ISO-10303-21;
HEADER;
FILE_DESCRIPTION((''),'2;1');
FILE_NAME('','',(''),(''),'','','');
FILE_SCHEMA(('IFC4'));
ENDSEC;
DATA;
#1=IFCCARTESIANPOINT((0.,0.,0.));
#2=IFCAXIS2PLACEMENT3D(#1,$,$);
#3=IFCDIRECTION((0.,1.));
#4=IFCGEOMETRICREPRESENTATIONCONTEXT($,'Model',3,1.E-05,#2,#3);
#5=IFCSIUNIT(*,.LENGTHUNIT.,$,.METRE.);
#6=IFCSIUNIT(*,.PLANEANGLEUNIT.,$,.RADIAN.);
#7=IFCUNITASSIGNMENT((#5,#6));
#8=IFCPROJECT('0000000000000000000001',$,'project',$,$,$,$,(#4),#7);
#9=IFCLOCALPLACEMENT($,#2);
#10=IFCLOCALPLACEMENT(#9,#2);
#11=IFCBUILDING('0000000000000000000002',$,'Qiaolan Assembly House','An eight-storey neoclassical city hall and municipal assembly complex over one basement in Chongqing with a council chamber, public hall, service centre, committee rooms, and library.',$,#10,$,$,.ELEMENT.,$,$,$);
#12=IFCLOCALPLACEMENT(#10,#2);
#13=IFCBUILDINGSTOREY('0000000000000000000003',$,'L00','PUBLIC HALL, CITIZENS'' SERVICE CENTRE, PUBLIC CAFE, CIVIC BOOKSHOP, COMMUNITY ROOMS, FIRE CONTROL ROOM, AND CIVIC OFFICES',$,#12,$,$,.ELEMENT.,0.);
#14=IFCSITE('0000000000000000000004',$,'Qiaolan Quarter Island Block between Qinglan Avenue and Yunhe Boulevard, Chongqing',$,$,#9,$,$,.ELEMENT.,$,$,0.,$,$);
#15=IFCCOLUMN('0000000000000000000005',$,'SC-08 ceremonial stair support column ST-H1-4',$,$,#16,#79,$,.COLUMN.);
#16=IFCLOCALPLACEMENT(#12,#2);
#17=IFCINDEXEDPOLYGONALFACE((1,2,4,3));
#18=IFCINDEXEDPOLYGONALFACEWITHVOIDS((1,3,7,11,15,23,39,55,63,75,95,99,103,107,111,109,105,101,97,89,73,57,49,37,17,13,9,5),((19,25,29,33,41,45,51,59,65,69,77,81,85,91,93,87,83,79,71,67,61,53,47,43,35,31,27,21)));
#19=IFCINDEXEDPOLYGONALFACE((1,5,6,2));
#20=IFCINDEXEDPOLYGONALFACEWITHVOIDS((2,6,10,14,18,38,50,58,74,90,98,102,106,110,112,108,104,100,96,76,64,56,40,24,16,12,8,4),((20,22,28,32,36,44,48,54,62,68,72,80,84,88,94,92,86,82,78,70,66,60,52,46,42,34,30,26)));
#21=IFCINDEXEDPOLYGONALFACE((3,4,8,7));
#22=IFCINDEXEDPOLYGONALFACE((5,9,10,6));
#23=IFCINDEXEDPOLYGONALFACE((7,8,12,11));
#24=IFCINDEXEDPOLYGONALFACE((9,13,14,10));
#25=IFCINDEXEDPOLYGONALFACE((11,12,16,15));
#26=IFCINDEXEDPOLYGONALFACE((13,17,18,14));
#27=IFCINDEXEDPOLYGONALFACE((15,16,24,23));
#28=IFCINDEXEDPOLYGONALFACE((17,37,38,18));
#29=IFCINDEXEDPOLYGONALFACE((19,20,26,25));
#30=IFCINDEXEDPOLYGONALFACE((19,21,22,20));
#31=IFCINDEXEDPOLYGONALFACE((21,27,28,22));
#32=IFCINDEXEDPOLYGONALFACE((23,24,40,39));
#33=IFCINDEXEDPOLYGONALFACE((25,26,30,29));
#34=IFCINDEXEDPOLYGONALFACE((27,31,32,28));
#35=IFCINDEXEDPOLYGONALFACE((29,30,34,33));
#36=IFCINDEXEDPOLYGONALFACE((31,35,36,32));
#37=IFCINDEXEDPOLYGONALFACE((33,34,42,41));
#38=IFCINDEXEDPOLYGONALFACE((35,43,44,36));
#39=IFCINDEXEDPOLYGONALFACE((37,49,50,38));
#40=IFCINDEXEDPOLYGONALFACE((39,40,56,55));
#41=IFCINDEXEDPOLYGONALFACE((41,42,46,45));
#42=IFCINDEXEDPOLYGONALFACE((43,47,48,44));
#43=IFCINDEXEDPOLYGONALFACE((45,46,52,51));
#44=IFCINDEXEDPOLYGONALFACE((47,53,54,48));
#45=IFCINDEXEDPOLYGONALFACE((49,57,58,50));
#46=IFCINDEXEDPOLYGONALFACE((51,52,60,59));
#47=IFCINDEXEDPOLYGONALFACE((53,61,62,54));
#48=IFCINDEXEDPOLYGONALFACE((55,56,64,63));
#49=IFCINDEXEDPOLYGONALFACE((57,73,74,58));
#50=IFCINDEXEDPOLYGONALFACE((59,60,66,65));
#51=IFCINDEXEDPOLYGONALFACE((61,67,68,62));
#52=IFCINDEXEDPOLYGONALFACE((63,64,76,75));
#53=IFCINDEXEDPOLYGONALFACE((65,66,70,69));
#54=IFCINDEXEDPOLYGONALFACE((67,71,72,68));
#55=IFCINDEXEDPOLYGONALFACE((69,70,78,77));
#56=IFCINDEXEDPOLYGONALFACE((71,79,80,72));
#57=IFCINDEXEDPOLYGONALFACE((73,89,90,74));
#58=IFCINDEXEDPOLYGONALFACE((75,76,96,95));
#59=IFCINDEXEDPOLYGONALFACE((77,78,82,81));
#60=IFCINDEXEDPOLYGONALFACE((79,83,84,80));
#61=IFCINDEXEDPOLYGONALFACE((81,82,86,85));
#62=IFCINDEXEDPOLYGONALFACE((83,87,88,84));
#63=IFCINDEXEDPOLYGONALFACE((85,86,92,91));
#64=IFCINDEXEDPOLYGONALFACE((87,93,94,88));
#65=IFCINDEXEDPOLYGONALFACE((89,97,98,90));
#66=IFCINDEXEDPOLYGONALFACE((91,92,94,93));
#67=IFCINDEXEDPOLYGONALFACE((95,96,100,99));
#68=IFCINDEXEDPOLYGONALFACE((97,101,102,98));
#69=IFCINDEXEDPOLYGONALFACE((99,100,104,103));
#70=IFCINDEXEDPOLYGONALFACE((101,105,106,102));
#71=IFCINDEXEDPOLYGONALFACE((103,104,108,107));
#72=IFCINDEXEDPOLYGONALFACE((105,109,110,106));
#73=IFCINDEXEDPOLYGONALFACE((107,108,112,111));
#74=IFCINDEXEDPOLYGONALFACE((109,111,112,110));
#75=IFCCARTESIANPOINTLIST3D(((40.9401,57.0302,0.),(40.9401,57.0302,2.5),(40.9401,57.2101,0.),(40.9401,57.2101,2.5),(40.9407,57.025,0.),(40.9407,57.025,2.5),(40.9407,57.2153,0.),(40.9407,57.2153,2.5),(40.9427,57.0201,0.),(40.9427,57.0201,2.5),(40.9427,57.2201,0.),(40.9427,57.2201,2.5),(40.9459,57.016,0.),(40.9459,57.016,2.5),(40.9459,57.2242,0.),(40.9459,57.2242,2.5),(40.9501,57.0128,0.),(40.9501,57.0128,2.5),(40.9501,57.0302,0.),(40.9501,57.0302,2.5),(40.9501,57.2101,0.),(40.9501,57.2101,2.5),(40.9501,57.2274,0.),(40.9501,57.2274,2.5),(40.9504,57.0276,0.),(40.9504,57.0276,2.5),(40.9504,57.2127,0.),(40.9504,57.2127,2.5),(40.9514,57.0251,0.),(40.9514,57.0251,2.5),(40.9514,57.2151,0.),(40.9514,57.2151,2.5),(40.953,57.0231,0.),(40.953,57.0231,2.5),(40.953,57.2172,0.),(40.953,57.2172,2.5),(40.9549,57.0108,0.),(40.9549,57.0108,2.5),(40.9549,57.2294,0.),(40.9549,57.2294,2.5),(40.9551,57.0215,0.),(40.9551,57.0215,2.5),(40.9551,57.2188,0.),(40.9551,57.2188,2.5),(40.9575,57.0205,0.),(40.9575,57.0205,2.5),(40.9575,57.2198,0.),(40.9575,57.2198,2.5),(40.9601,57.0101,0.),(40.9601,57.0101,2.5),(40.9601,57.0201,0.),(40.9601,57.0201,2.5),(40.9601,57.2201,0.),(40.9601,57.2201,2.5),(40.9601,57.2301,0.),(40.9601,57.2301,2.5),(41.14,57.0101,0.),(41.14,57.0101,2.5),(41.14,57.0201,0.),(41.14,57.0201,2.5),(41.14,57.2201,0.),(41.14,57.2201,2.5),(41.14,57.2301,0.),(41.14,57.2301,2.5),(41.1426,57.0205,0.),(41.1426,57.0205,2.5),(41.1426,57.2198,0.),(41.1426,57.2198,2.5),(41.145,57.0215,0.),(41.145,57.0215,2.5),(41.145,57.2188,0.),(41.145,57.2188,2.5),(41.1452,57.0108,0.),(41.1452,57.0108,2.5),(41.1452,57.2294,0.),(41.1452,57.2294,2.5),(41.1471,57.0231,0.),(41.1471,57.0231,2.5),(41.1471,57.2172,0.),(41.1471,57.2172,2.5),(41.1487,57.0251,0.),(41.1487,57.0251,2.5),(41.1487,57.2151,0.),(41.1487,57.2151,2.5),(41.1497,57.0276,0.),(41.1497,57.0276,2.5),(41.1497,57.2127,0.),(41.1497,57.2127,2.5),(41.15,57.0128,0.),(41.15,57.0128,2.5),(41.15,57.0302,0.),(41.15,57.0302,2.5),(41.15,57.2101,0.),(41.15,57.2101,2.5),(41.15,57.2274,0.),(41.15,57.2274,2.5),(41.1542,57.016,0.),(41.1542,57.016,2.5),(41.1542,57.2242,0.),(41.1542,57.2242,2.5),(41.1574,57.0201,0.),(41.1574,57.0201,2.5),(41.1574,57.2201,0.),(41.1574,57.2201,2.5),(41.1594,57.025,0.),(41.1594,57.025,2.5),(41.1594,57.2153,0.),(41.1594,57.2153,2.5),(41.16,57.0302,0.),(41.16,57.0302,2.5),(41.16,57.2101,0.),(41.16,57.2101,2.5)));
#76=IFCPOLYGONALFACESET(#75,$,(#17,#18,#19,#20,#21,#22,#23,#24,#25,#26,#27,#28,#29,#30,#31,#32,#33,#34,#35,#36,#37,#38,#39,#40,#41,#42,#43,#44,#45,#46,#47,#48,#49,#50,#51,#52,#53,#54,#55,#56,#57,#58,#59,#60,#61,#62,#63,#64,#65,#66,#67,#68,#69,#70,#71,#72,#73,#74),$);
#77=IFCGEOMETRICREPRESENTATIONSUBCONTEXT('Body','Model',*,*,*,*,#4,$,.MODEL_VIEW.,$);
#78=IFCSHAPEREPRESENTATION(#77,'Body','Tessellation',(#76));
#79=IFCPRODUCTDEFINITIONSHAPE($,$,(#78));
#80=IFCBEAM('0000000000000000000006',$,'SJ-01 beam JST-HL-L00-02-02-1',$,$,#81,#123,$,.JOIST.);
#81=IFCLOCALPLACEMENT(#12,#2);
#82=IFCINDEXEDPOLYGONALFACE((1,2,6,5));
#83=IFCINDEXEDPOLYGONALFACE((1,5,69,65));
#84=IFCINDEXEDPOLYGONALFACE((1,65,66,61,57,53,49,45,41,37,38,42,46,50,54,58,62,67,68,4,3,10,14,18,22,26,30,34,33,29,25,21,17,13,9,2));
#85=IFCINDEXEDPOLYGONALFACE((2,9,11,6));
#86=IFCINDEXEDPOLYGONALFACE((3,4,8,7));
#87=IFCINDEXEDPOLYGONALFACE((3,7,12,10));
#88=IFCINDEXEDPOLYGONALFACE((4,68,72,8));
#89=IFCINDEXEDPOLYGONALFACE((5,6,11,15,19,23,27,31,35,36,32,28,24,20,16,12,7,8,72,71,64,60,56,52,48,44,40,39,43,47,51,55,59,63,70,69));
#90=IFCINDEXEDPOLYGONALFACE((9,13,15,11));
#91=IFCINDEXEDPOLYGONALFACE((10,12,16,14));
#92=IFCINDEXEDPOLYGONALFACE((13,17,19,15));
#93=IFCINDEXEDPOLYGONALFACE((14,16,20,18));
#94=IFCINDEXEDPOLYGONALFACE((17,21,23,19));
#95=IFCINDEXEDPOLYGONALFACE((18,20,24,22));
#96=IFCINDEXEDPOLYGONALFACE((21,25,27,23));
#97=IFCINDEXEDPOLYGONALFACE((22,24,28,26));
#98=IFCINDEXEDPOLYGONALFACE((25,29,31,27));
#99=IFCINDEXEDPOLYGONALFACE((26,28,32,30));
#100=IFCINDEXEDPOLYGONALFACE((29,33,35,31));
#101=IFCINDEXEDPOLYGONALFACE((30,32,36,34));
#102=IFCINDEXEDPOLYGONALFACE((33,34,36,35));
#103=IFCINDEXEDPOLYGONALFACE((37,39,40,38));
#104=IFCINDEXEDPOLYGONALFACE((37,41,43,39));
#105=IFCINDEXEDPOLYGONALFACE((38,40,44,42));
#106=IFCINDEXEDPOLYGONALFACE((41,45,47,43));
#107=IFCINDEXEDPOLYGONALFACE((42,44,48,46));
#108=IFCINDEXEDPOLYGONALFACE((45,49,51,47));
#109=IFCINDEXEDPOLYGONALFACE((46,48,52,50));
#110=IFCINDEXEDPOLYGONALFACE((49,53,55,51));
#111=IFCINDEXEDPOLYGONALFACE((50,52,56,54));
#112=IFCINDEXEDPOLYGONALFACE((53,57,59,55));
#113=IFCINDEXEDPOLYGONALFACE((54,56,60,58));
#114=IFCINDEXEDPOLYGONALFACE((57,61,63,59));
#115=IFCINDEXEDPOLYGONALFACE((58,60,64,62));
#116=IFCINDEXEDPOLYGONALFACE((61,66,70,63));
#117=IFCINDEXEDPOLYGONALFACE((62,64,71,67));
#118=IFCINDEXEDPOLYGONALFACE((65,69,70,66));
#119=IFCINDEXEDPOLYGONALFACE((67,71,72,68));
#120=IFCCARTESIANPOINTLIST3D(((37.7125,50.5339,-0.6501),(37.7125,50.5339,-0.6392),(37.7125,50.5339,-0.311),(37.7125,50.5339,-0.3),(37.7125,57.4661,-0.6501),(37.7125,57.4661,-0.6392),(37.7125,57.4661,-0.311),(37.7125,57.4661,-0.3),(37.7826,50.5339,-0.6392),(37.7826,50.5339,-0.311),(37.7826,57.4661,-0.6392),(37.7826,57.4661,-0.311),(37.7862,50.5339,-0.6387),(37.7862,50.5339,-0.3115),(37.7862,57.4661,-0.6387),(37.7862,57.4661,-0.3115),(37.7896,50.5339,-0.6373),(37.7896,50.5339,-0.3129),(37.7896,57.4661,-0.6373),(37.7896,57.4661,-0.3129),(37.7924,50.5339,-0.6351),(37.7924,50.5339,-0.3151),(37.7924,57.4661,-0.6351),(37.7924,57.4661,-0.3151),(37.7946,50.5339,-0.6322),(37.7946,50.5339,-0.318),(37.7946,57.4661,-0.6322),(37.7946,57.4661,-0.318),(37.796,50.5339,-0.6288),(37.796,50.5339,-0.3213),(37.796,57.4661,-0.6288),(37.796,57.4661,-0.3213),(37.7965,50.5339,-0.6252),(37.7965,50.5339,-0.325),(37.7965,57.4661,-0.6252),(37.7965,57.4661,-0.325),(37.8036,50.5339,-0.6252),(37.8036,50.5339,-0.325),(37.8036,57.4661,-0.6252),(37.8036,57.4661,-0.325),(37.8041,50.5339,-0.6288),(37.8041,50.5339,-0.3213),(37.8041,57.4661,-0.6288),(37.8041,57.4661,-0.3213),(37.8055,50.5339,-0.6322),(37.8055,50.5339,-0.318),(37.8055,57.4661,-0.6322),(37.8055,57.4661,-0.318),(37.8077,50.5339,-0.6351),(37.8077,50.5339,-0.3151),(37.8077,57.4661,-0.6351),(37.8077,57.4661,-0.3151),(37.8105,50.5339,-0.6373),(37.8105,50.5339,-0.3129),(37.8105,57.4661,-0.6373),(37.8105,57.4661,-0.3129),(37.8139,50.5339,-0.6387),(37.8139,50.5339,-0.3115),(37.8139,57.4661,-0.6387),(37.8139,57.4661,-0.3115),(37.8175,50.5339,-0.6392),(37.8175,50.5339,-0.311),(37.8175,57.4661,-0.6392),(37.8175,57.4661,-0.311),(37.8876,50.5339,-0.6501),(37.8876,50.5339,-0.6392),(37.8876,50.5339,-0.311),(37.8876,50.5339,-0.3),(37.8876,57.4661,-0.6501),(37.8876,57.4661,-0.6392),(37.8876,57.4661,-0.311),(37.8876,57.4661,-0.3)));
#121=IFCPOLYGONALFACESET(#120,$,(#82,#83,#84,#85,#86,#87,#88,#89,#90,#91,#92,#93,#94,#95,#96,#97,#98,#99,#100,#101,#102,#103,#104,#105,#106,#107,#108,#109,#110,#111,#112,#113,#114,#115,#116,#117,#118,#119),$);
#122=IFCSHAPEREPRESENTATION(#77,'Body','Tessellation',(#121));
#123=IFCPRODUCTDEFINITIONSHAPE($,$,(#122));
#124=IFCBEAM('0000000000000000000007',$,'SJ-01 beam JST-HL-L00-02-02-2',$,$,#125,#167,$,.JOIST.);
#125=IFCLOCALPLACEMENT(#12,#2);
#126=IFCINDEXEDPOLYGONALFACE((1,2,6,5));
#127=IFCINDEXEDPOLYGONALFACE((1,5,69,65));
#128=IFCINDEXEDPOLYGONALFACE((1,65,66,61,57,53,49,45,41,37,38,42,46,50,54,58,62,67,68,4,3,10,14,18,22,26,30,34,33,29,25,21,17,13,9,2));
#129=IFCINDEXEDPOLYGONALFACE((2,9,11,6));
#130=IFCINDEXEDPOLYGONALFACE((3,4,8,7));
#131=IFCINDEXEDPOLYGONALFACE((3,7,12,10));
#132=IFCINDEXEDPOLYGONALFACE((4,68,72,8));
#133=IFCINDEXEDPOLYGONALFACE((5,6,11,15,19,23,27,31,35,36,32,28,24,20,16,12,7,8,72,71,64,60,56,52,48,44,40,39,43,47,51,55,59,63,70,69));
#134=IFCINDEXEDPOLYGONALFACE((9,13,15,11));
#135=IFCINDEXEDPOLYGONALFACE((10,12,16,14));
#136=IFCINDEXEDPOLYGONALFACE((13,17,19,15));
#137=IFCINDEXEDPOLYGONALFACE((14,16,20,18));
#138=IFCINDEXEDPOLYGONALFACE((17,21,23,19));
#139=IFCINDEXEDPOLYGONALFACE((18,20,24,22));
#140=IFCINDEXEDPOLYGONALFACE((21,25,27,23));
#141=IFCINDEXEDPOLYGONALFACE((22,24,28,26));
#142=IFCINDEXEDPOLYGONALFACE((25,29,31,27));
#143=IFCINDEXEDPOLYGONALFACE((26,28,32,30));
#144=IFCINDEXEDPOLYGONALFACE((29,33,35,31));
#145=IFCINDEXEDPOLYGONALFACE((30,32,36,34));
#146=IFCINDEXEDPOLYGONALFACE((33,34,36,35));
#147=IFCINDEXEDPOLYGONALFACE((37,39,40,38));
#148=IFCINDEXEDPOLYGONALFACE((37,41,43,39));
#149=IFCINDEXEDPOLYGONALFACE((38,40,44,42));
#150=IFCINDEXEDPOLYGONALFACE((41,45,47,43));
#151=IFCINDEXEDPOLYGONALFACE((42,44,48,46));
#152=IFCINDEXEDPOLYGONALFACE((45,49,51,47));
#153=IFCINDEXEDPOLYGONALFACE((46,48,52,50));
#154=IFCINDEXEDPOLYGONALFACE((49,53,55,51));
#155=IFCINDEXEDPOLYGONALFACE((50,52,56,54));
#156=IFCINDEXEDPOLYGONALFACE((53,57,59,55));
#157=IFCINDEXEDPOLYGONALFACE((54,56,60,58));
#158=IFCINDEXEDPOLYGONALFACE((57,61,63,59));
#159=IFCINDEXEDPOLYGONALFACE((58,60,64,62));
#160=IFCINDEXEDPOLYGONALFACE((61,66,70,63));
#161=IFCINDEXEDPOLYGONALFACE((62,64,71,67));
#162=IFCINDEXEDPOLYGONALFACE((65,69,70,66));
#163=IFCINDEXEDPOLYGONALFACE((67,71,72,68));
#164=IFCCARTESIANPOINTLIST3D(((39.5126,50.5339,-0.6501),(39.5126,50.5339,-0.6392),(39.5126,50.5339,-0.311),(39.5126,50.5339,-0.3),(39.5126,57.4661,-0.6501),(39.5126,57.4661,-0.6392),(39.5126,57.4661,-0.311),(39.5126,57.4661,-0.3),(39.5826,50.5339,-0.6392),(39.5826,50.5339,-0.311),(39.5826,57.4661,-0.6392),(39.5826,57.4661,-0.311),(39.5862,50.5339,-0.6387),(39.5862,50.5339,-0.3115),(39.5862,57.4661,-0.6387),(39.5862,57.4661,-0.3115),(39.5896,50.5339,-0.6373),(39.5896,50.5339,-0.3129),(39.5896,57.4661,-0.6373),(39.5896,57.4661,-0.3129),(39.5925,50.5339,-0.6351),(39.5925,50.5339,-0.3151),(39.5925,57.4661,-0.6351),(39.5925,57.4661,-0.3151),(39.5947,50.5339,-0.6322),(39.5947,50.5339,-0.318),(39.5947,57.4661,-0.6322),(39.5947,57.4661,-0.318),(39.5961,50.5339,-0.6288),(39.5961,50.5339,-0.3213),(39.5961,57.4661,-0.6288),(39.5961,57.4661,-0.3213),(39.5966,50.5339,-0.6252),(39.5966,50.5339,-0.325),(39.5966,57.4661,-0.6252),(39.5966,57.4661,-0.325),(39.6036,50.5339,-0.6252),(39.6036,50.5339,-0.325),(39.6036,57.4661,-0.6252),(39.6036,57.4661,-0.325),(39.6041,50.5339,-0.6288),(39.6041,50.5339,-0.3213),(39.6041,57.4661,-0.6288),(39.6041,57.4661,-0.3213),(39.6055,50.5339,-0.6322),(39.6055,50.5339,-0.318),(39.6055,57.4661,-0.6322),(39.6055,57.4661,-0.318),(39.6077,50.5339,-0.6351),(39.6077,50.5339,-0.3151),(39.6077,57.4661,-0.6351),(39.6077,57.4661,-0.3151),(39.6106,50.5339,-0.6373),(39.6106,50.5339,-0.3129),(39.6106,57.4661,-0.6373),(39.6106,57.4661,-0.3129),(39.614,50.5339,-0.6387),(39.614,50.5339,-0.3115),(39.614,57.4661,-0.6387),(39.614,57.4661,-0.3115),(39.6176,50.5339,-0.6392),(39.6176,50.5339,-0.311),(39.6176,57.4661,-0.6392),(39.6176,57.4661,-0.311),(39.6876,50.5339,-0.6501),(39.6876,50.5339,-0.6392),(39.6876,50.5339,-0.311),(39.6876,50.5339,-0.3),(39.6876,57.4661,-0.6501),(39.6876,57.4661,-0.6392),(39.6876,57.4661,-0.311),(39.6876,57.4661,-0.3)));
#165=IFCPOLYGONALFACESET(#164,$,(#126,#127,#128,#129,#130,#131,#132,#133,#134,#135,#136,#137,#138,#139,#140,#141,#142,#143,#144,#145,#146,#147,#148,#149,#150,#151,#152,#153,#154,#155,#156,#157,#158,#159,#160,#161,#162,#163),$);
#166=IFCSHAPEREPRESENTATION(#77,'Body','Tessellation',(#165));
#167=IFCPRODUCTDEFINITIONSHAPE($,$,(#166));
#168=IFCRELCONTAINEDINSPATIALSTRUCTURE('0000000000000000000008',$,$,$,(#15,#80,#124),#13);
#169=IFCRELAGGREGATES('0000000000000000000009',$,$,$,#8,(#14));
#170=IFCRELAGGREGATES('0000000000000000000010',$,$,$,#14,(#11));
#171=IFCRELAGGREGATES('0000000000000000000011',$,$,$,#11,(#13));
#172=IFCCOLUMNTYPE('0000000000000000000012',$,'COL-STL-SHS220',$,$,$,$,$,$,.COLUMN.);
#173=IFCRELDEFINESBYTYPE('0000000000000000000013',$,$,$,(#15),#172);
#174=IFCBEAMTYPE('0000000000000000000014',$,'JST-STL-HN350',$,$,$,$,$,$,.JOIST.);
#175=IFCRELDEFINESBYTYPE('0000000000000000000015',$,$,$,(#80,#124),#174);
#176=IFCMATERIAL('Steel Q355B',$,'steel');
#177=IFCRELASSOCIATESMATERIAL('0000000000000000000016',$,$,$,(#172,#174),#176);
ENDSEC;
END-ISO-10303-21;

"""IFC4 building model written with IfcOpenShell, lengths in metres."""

from ifc_helpers import new_model, si_unit, direction, frame, origin, origin_2d, place, context, subcontext, project, spatial, hollow_rectangle, i_section, extrude, material, material_profile, profile_set, type_object, element, save


model = new_model("IFC4")

# Units and contexts
model_context = context("Model", 3, precision=1e-05, world=origin(), true_north=direction((0.0, 1.0)))
body_context = subcontext(model_context, "Body", "Model", "MODEL_VIEW")
ifc_project = project(units=[si_unit("LENGTHUNIT", "METRE"), si_unit("PLANEANGLEUNIT", "RADIAN")], contexts=[model_context])

# Site, building, storey
site_placement = place(None, origin())
site = spatial("IfcSite", under=ifc_project, at=site_placement, Name="Qiaolan Quarter Island Block between Qinglan Avenue and Yunhe Boulevard, Chongqing", CompositionType="ELEMENT", RefElevation=0.0)
building_placement = place(site_placement, origin())
building = spatial("IfcBuilding", under=site, at=building_placement, Name="Qiaolan Assembly House", Description="An eight-storey neoclassical city hall and municipal assembly complex over one basement in Chongqing with a council chamber, public hall, service centre, committee rooms, and library.", CompositionType="ELEMENT")
storey_placement = place(building_placement, origin())
storey = spatial("IfcBuildingStorey", under=building, at=storey_placement, Name="L00", Description="PUBLIC HALL, CITIZENS' SERVICE CENTRE, PUBLIC CAFE, CIVIC BOOKSHOP, COMMUNITY ROOMS, FIRE CONTROL ROOM, AND CIVIC OFFICES", CompositionType="ELEMENT", Elevation=0.0)

# Column
ifc_material_1 = material(Name="Steel Q355B", Category="steel")
ifc_material_profile_1 = material_profile(ifc_material_1, hollow_rectangle(XDim=0.22, YDim=0.22, WallThickness=0.01, InnerFilletRadius=0.01, OuterFilletRadius=0.02, at=origin_2d()), Name="SHS 220x220x10")
ifc_profile_set_1 = profile_set([ifc_material_profile_1], Name="Steel Q355B")
column_type = type_object("IfcColumnType", Name="COL-STL-SHS220", PredefinedType="COLUMN", material=ifc_profile_set_1)
for number, where, z_axis, x_axis, name in (
    (1, (41.05, 57.1201, 0.0), (0.0, 0.0, 1.0), (1.0, 0.0, 0.0), "SC-08 ceremonial stair support column ST-H1-4"),
):
    element("IfcColumn", number, at=place(storey_placement, frame(where, z_axis=z_axis, x_axis=x_axis)), inside=storey, type_object=column_type, Name=name, PredefinedType="COLUMN", context=body_context, shape_type="SweptSolid", body=[
        extrude(hollow_rectangle(XDim=0.22, YDim=0.22, WallThickness=0.01, InnerFilletRadius=0.01, OuterFilletRadius=0.02, at=origin_2d()), origin(), (0.0, 0.0, 1.0), 2.5),
    ])

# Beams
ifc_material_profile_2 = material_profile(ifc_material_1, i_section(OverallWidth=0.175, OverallDepth=0.3501, WebThickness=0.0071, FlangeThickness=0.011, FilletRadius=0.0139, at=origin_2d()), Name="HN 350x175x7x11")
ifc_profile_set_2 = profile_set([ifc_material_profile_2], Name="Steel Q355B")
beam_type = type_object("IfcBeamType", Name="JST-STL-HN350", PredefinedType="JOIST", material=ifc_profile_set_2)
for number, where, z_axis, x_axis, name in (
    (2, (37.8, 50.5339, -0.4751), (0.0, 1.0, 0.0), (-1.0, 0.0, 0.0), "SJ-01 beam JST-HL-L00-02-02-1"),
    (3, (39.6001, 50.5339, -0.4751), (0.0, 1.0, 0.0), (-1.0, 0.0, 0.0), "SJ-01 beam JST-HL-L00-02-02-2"),
):
    element("IfcBeam", number, at=place(storey_placement, frame(where, z_axis=z_axis, x_axis=x_axis)), inside=storey, type_object=beam_type, Name=name, PredefinedType="JOIST", context=body_context, shape_type="SweptSolid", body=[
        extrude(i_section(OverallWidth=0.175, OverallDepth=0.3501, WebThickness=0.0071, FlangeThickness=0.011, FilletRadius=0.0139, at=origin_2d()), origin(), (0.0, 0.0, 1.0), 6.9321),
    ])

save(model, "model.ifc")
